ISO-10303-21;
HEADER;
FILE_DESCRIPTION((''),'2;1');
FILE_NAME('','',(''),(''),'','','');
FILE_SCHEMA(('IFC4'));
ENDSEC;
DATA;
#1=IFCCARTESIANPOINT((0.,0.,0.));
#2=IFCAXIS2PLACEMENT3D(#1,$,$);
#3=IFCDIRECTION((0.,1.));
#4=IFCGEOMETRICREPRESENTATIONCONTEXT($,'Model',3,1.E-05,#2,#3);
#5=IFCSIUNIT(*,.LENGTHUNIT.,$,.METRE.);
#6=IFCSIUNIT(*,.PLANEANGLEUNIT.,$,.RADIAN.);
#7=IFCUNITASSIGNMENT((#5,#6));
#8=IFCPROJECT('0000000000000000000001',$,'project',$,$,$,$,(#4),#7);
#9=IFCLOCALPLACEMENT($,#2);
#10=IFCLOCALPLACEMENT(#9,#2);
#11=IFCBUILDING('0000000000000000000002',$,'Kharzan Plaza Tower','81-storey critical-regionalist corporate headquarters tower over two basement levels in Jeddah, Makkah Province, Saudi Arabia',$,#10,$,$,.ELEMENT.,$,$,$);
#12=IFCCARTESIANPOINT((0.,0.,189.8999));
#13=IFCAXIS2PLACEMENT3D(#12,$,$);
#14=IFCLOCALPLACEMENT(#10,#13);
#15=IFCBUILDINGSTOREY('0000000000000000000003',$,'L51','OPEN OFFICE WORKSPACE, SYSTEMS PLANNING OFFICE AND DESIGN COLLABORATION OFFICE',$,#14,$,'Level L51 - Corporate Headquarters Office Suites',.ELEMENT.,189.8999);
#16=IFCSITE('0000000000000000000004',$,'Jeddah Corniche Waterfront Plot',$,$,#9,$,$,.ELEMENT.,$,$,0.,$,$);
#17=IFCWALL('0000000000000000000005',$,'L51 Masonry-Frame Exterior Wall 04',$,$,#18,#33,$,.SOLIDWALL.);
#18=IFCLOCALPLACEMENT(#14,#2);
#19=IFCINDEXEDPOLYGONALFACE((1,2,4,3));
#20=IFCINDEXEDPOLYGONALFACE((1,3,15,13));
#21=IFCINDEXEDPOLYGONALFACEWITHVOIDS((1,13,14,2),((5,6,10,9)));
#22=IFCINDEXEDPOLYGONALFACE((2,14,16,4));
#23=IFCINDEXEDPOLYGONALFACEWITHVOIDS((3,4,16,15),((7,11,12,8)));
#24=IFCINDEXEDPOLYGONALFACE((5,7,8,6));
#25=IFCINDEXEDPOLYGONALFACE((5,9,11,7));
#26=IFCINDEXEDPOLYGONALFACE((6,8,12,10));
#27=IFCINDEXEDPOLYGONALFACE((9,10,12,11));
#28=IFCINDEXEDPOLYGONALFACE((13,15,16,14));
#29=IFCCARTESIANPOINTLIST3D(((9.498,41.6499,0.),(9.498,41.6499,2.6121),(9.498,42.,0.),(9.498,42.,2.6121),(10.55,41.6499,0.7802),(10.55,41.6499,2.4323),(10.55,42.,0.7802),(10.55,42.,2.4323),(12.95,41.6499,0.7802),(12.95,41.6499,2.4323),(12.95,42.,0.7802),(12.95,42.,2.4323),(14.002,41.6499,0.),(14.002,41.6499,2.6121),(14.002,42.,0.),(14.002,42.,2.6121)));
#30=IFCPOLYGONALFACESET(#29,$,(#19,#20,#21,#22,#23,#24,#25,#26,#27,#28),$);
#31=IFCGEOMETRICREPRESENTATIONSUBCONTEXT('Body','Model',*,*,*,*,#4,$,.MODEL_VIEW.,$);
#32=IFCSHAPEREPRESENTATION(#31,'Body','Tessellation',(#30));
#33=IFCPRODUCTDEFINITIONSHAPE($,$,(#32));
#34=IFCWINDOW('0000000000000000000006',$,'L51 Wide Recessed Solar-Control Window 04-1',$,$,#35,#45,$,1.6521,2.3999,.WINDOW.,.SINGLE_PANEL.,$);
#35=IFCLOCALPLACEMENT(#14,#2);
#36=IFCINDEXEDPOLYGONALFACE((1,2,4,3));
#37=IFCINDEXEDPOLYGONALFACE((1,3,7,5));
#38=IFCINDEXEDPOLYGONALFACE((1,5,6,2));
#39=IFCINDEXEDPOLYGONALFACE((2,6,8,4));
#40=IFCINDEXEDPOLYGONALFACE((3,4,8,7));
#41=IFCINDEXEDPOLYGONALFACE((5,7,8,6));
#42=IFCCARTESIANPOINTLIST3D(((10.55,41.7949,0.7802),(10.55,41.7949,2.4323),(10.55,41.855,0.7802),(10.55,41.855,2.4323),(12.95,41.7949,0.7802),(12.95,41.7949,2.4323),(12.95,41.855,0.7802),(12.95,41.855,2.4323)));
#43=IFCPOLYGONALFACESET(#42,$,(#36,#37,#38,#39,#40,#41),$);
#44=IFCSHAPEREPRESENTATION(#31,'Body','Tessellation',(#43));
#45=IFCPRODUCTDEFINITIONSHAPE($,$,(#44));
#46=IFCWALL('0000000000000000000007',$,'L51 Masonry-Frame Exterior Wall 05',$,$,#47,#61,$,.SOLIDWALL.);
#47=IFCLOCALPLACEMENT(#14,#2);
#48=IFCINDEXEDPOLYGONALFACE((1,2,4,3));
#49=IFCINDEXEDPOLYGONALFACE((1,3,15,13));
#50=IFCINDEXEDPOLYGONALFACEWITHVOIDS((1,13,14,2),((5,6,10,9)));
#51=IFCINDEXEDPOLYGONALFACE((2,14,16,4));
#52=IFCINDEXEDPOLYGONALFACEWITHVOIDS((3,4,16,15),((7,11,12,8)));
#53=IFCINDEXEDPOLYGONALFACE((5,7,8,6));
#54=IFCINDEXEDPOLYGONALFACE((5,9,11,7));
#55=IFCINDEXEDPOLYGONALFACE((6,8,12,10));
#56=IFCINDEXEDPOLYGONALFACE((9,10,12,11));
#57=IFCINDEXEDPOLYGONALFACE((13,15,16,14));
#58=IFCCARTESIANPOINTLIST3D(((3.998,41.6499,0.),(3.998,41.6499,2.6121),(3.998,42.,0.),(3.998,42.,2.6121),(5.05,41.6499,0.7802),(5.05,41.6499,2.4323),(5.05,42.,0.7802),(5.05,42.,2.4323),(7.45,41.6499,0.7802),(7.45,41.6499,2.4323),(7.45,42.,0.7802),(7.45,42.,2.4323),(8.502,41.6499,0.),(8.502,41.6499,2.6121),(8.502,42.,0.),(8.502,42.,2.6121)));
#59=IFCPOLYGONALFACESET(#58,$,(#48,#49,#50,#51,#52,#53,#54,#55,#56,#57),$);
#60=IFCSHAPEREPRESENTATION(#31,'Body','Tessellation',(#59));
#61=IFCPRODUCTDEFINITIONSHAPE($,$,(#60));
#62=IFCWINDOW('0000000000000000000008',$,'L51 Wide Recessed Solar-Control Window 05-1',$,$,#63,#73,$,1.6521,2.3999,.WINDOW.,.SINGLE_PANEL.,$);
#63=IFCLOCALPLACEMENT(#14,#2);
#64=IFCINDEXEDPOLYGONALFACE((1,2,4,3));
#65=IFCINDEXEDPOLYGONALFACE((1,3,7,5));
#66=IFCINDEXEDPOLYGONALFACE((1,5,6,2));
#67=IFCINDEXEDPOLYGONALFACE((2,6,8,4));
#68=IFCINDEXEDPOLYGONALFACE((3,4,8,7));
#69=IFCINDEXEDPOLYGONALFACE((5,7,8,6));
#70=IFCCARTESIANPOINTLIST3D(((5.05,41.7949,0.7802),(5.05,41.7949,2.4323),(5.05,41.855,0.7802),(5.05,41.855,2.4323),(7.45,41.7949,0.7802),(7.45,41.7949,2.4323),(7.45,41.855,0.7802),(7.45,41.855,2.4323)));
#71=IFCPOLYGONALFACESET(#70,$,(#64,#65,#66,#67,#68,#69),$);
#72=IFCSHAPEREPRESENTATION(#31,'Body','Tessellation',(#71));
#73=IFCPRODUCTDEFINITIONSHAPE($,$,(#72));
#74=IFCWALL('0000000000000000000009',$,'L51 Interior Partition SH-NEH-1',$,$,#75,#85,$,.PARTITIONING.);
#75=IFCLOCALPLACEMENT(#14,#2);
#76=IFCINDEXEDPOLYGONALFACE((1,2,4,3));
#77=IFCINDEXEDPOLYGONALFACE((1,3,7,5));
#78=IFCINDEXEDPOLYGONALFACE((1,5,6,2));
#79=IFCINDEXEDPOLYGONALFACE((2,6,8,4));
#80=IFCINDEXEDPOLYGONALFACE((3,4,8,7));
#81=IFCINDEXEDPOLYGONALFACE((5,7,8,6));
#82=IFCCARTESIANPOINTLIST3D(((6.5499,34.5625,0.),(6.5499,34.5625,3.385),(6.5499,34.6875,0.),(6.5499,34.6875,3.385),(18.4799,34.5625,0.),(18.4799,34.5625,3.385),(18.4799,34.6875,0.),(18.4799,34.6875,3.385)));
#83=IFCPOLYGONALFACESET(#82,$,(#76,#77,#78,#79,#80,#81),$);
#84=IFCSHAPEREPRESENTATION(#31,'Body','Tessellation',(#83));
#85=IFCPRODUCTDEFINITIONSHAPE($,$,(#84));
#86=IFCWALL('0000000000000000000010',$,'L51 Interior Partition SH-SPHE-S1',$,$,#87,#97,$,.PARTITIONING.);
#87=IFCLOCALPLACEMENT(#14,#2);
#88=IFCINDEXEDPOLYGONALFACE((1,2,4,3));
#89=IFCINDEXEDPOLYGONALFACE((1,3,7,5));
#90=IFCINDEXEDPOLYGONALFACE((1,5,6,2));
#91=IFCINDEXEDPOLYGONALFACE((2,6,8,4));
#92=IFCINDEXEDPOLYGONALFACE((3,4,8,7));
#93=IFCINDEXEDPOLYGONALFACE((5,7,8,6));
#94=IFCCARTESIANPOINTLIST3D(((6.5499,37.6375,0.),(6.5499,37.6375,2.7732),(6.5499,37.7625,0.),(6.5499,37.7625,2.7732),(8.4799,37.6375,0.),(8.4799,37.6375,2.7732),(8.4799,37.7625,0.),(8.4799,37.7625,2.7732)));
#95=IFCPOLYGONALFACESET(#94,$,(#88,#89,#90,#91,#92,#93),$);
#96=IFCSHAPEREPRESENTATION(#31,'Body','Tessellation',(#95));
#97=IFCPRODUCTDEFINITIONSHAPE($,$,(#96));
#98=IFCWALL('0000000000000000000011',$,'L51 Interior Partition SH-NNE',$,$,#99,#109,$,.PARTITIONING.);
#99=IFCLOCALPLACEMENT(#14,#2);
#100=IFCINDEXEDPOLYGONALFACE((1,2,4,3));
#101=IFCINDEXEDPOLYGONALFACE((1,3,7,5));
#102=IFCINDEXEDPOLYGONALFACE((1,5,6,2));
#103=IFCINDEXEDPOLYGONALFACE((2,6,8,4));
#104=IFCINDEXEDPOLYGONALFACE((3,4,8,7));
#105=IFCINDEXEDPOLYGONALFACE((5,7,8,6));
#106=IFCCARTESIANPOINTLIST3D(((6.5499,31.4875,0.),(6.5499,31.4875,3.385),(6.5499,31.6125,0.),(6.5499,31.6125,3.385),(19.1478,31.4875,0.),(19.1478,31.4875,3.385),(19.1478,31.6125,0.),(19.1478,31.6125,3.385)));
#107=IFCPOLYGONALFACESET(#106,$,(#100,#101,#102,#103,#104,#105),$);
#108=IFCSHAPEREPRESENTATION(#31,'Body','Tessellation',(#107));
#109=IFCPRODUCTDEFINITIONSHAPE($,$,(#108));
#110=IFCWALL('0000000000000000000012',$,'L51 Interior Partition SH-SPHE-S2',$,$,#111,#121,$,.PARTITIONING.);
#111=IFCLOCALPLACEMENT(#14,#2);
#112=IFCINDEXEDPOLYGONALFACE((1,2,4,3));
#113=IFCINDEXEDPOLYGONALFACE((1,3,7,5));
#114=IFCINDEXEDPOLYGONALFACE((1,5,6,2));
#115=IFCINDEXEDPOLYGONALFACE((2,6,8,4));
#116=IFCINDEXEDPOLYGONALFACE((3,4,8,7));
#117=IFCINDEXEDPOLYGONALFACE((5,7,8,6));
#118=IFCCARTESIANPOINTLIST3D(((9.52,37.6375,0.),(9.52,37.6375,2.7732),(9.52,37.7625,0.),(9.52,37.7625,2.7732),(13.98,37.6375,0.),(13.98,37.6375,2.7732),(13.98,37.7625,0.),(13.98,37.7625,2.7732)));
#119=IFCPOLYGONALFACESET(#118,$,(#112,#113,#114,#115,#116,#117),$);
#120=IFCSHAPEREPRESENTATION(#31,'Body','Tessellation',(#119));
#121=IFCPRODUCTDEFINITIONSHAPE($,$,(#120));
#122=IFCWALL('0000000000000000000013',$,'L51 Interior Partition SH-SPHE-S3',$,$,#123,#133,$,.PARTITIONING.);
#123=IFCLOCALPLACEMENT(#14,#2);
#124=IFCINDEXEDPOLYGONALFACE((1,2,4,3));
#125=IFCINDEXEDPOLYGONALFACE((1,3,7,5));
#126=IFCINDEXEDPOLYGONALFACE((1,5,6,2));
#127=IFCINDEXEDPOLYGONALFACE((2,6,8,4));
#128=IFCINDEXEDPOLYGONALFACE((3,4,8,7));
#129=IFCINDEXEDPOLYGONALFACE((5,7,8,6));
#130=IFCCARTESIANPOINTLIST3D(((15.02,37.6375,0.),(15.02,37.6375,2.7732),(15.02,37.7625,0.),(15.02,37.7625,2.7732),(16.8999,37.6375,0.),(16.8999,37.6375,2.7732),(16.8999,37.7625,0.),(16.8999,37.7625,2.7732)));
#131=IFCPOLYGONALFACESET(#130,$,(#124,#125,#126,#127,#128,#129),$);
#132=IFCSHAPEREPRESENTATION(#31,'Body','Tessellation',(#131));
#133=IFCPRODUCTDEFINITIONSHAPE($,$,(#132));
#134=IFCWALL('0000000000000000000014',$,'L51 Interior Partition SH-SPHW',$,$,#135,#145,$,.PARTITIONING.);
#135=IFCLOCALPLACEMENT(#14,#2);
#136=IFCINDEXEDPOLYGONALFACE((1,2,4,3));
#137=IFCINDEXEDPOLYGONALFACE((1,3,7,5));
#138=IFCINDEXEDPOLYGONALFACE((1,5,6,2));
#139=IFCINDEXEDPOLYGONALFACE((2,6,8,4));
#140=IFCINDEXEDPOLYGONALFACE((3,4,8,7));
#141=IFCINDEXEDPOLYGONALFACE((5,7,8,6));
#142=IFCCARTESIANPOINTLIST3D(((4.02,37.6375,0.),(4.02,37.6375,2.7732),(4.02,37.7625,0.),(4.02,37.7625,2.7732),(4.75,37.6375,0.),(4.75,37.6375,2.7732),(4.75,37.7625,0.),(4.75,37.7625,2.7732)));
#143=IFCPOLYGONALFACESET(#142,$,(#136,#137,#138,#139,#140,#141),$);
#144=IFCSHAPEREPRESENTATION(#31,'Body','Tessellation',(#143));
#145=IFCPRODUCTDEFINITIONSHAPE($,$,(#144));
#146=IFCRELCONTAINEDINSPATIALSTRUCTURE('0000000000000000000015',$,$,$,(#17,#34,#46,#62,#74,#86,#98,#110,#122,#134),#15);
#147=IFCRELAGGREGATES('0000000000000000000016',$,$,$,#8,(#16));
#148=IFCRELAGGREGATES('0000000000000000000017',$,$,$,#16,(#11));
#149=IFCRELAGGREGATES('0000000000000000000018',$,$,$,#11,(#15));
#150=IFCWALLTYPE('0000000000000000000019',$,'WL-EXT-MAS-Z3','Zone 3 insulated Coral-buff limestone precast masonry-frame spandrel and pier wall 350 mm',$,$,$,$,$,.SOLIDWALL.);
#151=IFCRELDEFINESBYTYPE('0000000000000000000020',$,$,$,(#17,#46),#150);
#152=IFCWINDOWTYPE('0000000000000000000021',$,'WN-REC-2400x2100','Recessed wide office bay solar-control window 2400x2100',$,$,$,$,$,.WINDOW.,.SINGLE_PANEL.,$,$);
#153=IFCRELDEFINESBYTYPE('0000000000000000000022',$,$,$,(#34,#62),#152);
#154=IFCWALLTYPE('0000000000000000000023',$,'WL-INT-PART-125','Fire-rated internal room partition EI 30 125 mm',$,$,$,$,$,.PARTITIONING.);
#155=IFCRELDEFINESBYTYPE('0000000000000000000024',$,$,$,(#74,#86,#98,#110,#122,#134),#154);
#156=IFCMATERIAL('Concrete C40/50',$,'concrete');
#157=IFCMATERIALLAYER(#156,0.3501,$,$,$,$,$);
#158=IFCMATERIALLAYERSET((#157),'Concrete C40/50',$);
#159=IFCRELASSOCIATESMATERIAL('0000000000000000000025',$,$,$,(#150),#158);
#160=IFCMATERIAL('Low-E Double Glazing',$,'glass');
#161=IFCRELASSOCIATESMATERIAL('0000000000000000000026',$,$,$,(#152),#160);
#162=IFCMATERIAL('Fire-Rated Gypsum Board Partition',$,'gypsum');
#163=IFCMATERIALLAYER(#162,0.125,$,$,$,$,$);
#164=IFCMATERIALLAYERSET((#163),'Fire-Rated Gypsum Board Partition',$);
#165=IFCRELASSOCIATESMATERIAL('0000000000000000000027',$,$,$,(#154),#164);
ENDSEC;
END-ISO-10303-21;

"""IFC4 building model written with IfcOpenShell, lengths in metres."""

from ifc_helpers import new_model, si_unit, direction, frame, frame_2d, origin, place, context, subcontext, project, spatial, rectangle, extrude, source, transform, mapped, material, layer, layer_set, type_object, element, fill, save


model = new_model("IFC4")

# Units and contexts
model_context = context("Model", 3, precision=1e-05, world=origin(), true_north=direction((0.0, 1.0)))
body_context = subcontext(model_context, "Body", "Model", "MODEL_VIEW")
ifc_project = project(units=[si_unit("LENGTHUNIT", "METRE"), si_unit("PLANEANGLEUNIT", "RADIAN")], contexts=[model_context])

# Site, building, storey
site_placement = place(None, origin())
site = spatial("IfcSite", under=ifc_project, at=site_placement, Name="Jeddah Corniche Waterfront Plot", CompositionType="ELEMENT", RefElevation=0.0)
building_placement = place(site_placement, origin())
building = spatial("IfcBuilding", under=site, at=building_placement, Name="Kharzan Plaza Tower", Description="81-storey critical-regionalist corporate headquarters tower over two basement levels in Jeddah, Makkah Province, Saudi Arabia", CompositionType="ELEMENT")
storey_placement = place(building_placement, frame((0.0, 0.0, 189.8999)))
storey = spatial("IfcBuildingStorey", under=building, at=storey_placement, Name="L51", Description="OPEN OFFICE WORKSPACE, SYSTEMS PLANNING OFFICE AND DESIGN COLLABORATION OFFICE", LongName="Level L51 - Corporate Headquarters Office Suites", CompositionType="ELEMENT", Elevation=189.8999)

# Walls, openings, windows
ifc_material_1 = material(Name="Concrete C40/50", Category="concrete")
ifc_layer_1 = layer(ifc_material_1, 0.3501)
ifc_layer_set_1 = layer_set([ifc_layer_1], Name="Concrete C40/50")
wall_type_1 = type_object("IfcWallType", Name="WL-EXT-MAS-Z3", Description="Zone 3 insulated Coral-buff limestone precast masonry-frame spandrel and pier wall 350 mm", PredefinedType="SOLIDWALL", material=ifc_layer_set_1)
wall_1_placement = place(storey_placement, frame((14.002, 41.825, 0.0), z_axis=(0.0, 0.0, 1.0), x_axis=(-1.0, 0.0, 0.0)))
wall_1 = element("IfcWall", 1, at=wall_1_placement, inside=storey, type_object=wall_type_1, Name="L51 Masonry-Frame Exterior Wall 04", PredefinedType="SOLIDWALL", context=body_context, shape_type="SweptSolid", body=[
    extrude(rectangle(XDim=4.5039, YDim=0.3501, at=frame_2d((2.252, 0.0))), origin(), (0.0, 0.0, 1.0), 2.6121),
])
opening_1_placement = place(wall_1_placement, frame((1.052, 0.0, 0.78)))
opening_1 = element("IfcOpeningElement", 2, at=opening_1_placement, cuts=wall_1, PredefinedType="OPENING", context=body_context, shape_type="SweptSolid", body=[
    extrude(rectangle(XDim=2.3999, YDim=1.6521, at=frame_2d((1.2, 0.8262))), frame((0.0, 0.1851, 0.0), z_axis=(0.0, -1.0, 0.0), x_axis=(1.0, 0.0, 0.0)), (0.0, 0.0, 1.0), 0.3701),
])
ifc_material_2 = material(Name="Low-E Double Glazing", Category="glass")
window_type = type_object("IfcWindowType", Name="WN-REC-2400x2100", Description="Recessed wide office bay solar-control window 2400x2100", PartitioningType="SINGLE_PANEL", PredefinedType="WINDOW", material=ifc_material_2)
shared_shape_1 = source(origin(), body_context, "Body", "SweptSolid", [
    extrude(rectangle(XDim=2.3999, YDim=1.6521, at=frame_2d((1.2, 0.8262))), frame((0.0, 0.03, 0.0), z_axis=(0.0, -1.0, 0.0), x_axis=(1.0, 0.0, 0.0)), (0.0, 0.0, 1.0), 0.0601),
])
window_1_placement = place(opening_1_placement, origin())
window_1 = element("IfcWindow", 3, at=window_1_placement, inside=storey, type_object=window_type, Name="L51 Wide Recessed Solar-Control Window 04-1", OverallHeight=1.6521, OverallWidth=2.3999, PartitioningType="SINGLE_PANEL", PredefinedType="WINDOW", context=body_context, shape_type="MappedRepresentation", body=[
    mapped(shared_shape_1, transform((0.0, 0.0, 0.0), x_axis=(1.0, 0.0, 0.0), y_axis=(0.0, 1.0, 0.0), z_axis=(0.0, 0.0, 1.0))),
])
fill(opening_1, window_1)
wall_2_placement = place(storey_placement, frame((8.502, 41.825, 0.0), z_axis=(0.0, 0.0, 1.0), x_axis=(-1.0, 0.0, 0.0)))
wall_2 = element("IfcWall", 4, at=wall_2_placement, inside=storey, type_object=wall_type_1, Name="L51 Masonry-Frame Exterior Wall 05", PredefinedType="SOLIDWALL", context=body_context, shape_type="SweptSolid", body=[
    extrude(rectangle(XDim=4.5039, YDim=0.3501, at=frame_2d((2.252, 0.0))), origin(), (0.0, 0.0, 1.0), 2.6121),
])
opening_2_placement = place(wall_2_placement, frame((1.052, 0.0, 0.78)))
opening_2 = element("IfcOpeningElement", 5, at=opening_2_placement, cuts=wall_2, PredefinedType="OPENING", context=body_context, shape_type="SweptSolid", body=[
    extrude(rectangle(XDim=2.3999, YDim=1.6521, at=frame_2d((1.2, 0.8262))), frame((0.0, 0.1851, 0.0), z_axis=(0.0, -1.0, 0.0), x_axis=(1.0, 0.0, 0.0)), (0.0, 0.0, 1.0), 0.3701),
])
window_2_placement = place(opening_2_placement, origin())
window_2 = element("IfcWindow", 6, at=window_2_placement, inside=storey, type_object=window_type, Name="L51 Wide Recessed Solar-Control Window 05-1", OverallHeight=1.6521, OverallWidth=2.3999, PartitioningType="SINGLE_PANEL", PredefinedType="WINDOW", context=body_context, shape_type="MappedRepresentation", body=[
    mapped(shared_shape_1, transform((0.0, 0.0, 0.0), x_axis=(1.0, 0.0, 0.0), y_axis=(0.0, 1.0, 0.0), z_axis=(0.0, 0.0, 1.0))),
])
fill(opening_2, window_2)

# Shared definitions
ifc_material_3 = material(Name="Fire-Rated Gypsum Board Partition", Category="gypsum")
ifc_layer_2 = layer(ifc_material_3, 0.125)
ifc_layer_set_2 = layer_set([ifc_layer_2], Name="Fire-Rated Gypsum Board Partition")
wall_type_2 = type_object("IfcWallType", Name="WL-INT-PART-125", Description="Fire-rated internal room partition EI 30 125 mm", PredefinedType="PARTITIONING", material=ifc_layer_set_2)

# Walls
shared_shape_2 = source(origin(), body_context, "Body", "SweptSolid", [
    extrude(rectangle(XDim=11.9299, YDim=0.125, at=frame_2d((5.9648, 0.0))), origin(), (0.0, 0.0, 1.0), 3.385),
])
wall_3_placement = place(storey_placement, frame((6.55, 34.625, 0.0), z_axis=(0.0, 0.0, 1.0), x_axis=(1.0, 0.0, 0.0)))
element("IfcWall", 7, at=wall_3_placement, inside=storey, type_object=wall_type_2, Name="L51 Interior Partition SH-NEH-1", PredefinedType="PARTITIONING", context=body_context, shape_type="MappedRepresentation", body=[
    mapped(shared_shape_2, transform((0.0, 0.0, 0.0), x_axis=(1.0, 0.0, 0.0), y_axis=(0.0, 1.0, 0.0), z_axis=(0.0, 0.0, 1.0))),
])
shared_shape_3 = source(origin(), body_context, "Body", "SweptSolid", [
    extrude(rectangle(XDim=1.9299, YDim=0.125, at=frame_2d((0.9648, 0.0))), origin(), (0.0, 0.0, 1.0), 2.7732),
])
wall_4_placement = place(storey_placement, frame((6.55, 37.7, 0.0), z_axis=(0.0, 0.0, 1.0), x_axis=(1.0, 0.0, 0.0)))
element("IfcWall", 8, at=wall_4_placement, inside=storey, type_object=wall_type_2, Name="L51 Interior Partition SH-SPHE-S1", PredefinedType="PARTITIONING", context=body_context, shape_type="MappedRepresentation", body=[
    mapped(shared_shape_3, transform((0.0, 0.0, 0.0), x_axis=(1.0, 0.0, 0.0), y_axis=(0.0, 1.0, 0.0), z_axis=(0.0, 0.0, 1.0))),
])
shared_shape_4 = source(origin(), body_context, "Body", "SweptSolid", [
    extrude(rectangle(XDim=12.5979, YDim=0.125, at=frame_2d((6.2988, 0.0))), origin(), (0.0, 0.0, 1.0), 3.385),
])
wall_5_placement = place(storey_placement, frame((6.55, 31.55, 0.0), z_axis=(0.0, 0.0, 1.0), x_axis=(1.0, 0.0, 0.0)))
element("IfcWall", 9, at=wall_5_placement, inside=storey, type_object=wall_type_2, Name="L51 Interior Partition SH-NNE", PredefinedType="PARTITIONING", context=body_context, shape_type="MappedRepresentation", body=[
    mapped(shared_shape_4, transform((0.0, 0.0, 0.0), x_axis=(1.0, 0.0, 0.0), y_axis=(0.0, 1.0, 0.0), z_axis=(0.0, 0.0, 1.0))),
])
shared_shape_5 = source(origin(), body_context, "Body", "SweptSolid", [
    extrude(rectangle(XDim=4.46, YDim=0.125, at=frame_2d((2.23, 0.0))), origin(), (0.0, 0.0, 1.0), 2.7732),
])
wall_6_placement = place(storey_placement, frame((9.52, 37.7, 0.0), z_axis=(0.0, 0.0, 1.0), x_axis=(1.0, 0.0, 0.0)))
element("IfcWall", 10, at=wall_6_placement, inside=storey, type_object=wall_type_2, Name="L51 Interior Partition SH-SPHE-S2", PredefinedType="PARTITIONING", context=body_context, shape_type="MappedRepresentation", body=[
    mapped(shared_shape_5, transform((0.0, 0.0, 0.0), x_axis=(1.0, 0.0, 0.0), y_axis=(0.0, 1.0, 0.0), z_axis=(0.0, 0.0, 1.0))),
])
shared_shape_6 = source(origin(), body_context, "Body", "SweptSolid", [
    extrude(rectangle(XDim=1.8799, YDim=0.125, at=frame_2d((0.9399, 0.0))), origin(), (0.0, 0.0, 1.0), 2.7732),
])
wall_7_placement = place(storey_placement, frame((15.02, 37.7, 0.0), z_axis=(0.0, 0.0, 1.0), x_axis=(1.0, 0.0, 0.0)))
element("IfcWall", 11, at=wall_7_placement, inside=storey, type_object=wall_type_2, Name="L51 Interior Partition SH-SPHE-S3", PredefinedType="PARTITIONING", context=body_context, shape_type="MappedRepresentation", body=[
    mapped(shared_shape_6, transform((0.0, 0.0, 0.0), x_axis=(1.0, 0.0, 0.0), y_axis=(0.0, 1.0, 0.0), z_axis=(0.0, 0.0, 1.0))),
])
shared_shape_7 = source(origin(), body_context, "Body", "SweptSolid", [
    extrude(rectangle(XDim=0.73, YDim=0.125, at=frame_2d((0.365, 0.0))), origin(), (0.0, 0.0, 1.0), 2.7732),
])
wall_8_placement = place(storey_placement, frame((4.02, 37.7, 0.0), z_axis=(0.0, 0.0, 1.0), x_axis=(1.0, 0.0, 0.0)))
element("IfcWall", 12, at=wall_8_placement, inside=storey, type_object=wall_type_2, Name="L51 Interior Partition SH-SPHW", PredefinedType="PARTITIONING", context=body_context, shape_type="MappedRepresentation", body=[
    mapped(shared_shape_7, transform((0.0, 0.0, 0.0), x_axis=(1.0, 0.0, 0.0), y_axis=(0.0, 1.0, 0.0), z_axis=(0.0, 0.0, 1.0))),
])

save(model, "model.ifc")
